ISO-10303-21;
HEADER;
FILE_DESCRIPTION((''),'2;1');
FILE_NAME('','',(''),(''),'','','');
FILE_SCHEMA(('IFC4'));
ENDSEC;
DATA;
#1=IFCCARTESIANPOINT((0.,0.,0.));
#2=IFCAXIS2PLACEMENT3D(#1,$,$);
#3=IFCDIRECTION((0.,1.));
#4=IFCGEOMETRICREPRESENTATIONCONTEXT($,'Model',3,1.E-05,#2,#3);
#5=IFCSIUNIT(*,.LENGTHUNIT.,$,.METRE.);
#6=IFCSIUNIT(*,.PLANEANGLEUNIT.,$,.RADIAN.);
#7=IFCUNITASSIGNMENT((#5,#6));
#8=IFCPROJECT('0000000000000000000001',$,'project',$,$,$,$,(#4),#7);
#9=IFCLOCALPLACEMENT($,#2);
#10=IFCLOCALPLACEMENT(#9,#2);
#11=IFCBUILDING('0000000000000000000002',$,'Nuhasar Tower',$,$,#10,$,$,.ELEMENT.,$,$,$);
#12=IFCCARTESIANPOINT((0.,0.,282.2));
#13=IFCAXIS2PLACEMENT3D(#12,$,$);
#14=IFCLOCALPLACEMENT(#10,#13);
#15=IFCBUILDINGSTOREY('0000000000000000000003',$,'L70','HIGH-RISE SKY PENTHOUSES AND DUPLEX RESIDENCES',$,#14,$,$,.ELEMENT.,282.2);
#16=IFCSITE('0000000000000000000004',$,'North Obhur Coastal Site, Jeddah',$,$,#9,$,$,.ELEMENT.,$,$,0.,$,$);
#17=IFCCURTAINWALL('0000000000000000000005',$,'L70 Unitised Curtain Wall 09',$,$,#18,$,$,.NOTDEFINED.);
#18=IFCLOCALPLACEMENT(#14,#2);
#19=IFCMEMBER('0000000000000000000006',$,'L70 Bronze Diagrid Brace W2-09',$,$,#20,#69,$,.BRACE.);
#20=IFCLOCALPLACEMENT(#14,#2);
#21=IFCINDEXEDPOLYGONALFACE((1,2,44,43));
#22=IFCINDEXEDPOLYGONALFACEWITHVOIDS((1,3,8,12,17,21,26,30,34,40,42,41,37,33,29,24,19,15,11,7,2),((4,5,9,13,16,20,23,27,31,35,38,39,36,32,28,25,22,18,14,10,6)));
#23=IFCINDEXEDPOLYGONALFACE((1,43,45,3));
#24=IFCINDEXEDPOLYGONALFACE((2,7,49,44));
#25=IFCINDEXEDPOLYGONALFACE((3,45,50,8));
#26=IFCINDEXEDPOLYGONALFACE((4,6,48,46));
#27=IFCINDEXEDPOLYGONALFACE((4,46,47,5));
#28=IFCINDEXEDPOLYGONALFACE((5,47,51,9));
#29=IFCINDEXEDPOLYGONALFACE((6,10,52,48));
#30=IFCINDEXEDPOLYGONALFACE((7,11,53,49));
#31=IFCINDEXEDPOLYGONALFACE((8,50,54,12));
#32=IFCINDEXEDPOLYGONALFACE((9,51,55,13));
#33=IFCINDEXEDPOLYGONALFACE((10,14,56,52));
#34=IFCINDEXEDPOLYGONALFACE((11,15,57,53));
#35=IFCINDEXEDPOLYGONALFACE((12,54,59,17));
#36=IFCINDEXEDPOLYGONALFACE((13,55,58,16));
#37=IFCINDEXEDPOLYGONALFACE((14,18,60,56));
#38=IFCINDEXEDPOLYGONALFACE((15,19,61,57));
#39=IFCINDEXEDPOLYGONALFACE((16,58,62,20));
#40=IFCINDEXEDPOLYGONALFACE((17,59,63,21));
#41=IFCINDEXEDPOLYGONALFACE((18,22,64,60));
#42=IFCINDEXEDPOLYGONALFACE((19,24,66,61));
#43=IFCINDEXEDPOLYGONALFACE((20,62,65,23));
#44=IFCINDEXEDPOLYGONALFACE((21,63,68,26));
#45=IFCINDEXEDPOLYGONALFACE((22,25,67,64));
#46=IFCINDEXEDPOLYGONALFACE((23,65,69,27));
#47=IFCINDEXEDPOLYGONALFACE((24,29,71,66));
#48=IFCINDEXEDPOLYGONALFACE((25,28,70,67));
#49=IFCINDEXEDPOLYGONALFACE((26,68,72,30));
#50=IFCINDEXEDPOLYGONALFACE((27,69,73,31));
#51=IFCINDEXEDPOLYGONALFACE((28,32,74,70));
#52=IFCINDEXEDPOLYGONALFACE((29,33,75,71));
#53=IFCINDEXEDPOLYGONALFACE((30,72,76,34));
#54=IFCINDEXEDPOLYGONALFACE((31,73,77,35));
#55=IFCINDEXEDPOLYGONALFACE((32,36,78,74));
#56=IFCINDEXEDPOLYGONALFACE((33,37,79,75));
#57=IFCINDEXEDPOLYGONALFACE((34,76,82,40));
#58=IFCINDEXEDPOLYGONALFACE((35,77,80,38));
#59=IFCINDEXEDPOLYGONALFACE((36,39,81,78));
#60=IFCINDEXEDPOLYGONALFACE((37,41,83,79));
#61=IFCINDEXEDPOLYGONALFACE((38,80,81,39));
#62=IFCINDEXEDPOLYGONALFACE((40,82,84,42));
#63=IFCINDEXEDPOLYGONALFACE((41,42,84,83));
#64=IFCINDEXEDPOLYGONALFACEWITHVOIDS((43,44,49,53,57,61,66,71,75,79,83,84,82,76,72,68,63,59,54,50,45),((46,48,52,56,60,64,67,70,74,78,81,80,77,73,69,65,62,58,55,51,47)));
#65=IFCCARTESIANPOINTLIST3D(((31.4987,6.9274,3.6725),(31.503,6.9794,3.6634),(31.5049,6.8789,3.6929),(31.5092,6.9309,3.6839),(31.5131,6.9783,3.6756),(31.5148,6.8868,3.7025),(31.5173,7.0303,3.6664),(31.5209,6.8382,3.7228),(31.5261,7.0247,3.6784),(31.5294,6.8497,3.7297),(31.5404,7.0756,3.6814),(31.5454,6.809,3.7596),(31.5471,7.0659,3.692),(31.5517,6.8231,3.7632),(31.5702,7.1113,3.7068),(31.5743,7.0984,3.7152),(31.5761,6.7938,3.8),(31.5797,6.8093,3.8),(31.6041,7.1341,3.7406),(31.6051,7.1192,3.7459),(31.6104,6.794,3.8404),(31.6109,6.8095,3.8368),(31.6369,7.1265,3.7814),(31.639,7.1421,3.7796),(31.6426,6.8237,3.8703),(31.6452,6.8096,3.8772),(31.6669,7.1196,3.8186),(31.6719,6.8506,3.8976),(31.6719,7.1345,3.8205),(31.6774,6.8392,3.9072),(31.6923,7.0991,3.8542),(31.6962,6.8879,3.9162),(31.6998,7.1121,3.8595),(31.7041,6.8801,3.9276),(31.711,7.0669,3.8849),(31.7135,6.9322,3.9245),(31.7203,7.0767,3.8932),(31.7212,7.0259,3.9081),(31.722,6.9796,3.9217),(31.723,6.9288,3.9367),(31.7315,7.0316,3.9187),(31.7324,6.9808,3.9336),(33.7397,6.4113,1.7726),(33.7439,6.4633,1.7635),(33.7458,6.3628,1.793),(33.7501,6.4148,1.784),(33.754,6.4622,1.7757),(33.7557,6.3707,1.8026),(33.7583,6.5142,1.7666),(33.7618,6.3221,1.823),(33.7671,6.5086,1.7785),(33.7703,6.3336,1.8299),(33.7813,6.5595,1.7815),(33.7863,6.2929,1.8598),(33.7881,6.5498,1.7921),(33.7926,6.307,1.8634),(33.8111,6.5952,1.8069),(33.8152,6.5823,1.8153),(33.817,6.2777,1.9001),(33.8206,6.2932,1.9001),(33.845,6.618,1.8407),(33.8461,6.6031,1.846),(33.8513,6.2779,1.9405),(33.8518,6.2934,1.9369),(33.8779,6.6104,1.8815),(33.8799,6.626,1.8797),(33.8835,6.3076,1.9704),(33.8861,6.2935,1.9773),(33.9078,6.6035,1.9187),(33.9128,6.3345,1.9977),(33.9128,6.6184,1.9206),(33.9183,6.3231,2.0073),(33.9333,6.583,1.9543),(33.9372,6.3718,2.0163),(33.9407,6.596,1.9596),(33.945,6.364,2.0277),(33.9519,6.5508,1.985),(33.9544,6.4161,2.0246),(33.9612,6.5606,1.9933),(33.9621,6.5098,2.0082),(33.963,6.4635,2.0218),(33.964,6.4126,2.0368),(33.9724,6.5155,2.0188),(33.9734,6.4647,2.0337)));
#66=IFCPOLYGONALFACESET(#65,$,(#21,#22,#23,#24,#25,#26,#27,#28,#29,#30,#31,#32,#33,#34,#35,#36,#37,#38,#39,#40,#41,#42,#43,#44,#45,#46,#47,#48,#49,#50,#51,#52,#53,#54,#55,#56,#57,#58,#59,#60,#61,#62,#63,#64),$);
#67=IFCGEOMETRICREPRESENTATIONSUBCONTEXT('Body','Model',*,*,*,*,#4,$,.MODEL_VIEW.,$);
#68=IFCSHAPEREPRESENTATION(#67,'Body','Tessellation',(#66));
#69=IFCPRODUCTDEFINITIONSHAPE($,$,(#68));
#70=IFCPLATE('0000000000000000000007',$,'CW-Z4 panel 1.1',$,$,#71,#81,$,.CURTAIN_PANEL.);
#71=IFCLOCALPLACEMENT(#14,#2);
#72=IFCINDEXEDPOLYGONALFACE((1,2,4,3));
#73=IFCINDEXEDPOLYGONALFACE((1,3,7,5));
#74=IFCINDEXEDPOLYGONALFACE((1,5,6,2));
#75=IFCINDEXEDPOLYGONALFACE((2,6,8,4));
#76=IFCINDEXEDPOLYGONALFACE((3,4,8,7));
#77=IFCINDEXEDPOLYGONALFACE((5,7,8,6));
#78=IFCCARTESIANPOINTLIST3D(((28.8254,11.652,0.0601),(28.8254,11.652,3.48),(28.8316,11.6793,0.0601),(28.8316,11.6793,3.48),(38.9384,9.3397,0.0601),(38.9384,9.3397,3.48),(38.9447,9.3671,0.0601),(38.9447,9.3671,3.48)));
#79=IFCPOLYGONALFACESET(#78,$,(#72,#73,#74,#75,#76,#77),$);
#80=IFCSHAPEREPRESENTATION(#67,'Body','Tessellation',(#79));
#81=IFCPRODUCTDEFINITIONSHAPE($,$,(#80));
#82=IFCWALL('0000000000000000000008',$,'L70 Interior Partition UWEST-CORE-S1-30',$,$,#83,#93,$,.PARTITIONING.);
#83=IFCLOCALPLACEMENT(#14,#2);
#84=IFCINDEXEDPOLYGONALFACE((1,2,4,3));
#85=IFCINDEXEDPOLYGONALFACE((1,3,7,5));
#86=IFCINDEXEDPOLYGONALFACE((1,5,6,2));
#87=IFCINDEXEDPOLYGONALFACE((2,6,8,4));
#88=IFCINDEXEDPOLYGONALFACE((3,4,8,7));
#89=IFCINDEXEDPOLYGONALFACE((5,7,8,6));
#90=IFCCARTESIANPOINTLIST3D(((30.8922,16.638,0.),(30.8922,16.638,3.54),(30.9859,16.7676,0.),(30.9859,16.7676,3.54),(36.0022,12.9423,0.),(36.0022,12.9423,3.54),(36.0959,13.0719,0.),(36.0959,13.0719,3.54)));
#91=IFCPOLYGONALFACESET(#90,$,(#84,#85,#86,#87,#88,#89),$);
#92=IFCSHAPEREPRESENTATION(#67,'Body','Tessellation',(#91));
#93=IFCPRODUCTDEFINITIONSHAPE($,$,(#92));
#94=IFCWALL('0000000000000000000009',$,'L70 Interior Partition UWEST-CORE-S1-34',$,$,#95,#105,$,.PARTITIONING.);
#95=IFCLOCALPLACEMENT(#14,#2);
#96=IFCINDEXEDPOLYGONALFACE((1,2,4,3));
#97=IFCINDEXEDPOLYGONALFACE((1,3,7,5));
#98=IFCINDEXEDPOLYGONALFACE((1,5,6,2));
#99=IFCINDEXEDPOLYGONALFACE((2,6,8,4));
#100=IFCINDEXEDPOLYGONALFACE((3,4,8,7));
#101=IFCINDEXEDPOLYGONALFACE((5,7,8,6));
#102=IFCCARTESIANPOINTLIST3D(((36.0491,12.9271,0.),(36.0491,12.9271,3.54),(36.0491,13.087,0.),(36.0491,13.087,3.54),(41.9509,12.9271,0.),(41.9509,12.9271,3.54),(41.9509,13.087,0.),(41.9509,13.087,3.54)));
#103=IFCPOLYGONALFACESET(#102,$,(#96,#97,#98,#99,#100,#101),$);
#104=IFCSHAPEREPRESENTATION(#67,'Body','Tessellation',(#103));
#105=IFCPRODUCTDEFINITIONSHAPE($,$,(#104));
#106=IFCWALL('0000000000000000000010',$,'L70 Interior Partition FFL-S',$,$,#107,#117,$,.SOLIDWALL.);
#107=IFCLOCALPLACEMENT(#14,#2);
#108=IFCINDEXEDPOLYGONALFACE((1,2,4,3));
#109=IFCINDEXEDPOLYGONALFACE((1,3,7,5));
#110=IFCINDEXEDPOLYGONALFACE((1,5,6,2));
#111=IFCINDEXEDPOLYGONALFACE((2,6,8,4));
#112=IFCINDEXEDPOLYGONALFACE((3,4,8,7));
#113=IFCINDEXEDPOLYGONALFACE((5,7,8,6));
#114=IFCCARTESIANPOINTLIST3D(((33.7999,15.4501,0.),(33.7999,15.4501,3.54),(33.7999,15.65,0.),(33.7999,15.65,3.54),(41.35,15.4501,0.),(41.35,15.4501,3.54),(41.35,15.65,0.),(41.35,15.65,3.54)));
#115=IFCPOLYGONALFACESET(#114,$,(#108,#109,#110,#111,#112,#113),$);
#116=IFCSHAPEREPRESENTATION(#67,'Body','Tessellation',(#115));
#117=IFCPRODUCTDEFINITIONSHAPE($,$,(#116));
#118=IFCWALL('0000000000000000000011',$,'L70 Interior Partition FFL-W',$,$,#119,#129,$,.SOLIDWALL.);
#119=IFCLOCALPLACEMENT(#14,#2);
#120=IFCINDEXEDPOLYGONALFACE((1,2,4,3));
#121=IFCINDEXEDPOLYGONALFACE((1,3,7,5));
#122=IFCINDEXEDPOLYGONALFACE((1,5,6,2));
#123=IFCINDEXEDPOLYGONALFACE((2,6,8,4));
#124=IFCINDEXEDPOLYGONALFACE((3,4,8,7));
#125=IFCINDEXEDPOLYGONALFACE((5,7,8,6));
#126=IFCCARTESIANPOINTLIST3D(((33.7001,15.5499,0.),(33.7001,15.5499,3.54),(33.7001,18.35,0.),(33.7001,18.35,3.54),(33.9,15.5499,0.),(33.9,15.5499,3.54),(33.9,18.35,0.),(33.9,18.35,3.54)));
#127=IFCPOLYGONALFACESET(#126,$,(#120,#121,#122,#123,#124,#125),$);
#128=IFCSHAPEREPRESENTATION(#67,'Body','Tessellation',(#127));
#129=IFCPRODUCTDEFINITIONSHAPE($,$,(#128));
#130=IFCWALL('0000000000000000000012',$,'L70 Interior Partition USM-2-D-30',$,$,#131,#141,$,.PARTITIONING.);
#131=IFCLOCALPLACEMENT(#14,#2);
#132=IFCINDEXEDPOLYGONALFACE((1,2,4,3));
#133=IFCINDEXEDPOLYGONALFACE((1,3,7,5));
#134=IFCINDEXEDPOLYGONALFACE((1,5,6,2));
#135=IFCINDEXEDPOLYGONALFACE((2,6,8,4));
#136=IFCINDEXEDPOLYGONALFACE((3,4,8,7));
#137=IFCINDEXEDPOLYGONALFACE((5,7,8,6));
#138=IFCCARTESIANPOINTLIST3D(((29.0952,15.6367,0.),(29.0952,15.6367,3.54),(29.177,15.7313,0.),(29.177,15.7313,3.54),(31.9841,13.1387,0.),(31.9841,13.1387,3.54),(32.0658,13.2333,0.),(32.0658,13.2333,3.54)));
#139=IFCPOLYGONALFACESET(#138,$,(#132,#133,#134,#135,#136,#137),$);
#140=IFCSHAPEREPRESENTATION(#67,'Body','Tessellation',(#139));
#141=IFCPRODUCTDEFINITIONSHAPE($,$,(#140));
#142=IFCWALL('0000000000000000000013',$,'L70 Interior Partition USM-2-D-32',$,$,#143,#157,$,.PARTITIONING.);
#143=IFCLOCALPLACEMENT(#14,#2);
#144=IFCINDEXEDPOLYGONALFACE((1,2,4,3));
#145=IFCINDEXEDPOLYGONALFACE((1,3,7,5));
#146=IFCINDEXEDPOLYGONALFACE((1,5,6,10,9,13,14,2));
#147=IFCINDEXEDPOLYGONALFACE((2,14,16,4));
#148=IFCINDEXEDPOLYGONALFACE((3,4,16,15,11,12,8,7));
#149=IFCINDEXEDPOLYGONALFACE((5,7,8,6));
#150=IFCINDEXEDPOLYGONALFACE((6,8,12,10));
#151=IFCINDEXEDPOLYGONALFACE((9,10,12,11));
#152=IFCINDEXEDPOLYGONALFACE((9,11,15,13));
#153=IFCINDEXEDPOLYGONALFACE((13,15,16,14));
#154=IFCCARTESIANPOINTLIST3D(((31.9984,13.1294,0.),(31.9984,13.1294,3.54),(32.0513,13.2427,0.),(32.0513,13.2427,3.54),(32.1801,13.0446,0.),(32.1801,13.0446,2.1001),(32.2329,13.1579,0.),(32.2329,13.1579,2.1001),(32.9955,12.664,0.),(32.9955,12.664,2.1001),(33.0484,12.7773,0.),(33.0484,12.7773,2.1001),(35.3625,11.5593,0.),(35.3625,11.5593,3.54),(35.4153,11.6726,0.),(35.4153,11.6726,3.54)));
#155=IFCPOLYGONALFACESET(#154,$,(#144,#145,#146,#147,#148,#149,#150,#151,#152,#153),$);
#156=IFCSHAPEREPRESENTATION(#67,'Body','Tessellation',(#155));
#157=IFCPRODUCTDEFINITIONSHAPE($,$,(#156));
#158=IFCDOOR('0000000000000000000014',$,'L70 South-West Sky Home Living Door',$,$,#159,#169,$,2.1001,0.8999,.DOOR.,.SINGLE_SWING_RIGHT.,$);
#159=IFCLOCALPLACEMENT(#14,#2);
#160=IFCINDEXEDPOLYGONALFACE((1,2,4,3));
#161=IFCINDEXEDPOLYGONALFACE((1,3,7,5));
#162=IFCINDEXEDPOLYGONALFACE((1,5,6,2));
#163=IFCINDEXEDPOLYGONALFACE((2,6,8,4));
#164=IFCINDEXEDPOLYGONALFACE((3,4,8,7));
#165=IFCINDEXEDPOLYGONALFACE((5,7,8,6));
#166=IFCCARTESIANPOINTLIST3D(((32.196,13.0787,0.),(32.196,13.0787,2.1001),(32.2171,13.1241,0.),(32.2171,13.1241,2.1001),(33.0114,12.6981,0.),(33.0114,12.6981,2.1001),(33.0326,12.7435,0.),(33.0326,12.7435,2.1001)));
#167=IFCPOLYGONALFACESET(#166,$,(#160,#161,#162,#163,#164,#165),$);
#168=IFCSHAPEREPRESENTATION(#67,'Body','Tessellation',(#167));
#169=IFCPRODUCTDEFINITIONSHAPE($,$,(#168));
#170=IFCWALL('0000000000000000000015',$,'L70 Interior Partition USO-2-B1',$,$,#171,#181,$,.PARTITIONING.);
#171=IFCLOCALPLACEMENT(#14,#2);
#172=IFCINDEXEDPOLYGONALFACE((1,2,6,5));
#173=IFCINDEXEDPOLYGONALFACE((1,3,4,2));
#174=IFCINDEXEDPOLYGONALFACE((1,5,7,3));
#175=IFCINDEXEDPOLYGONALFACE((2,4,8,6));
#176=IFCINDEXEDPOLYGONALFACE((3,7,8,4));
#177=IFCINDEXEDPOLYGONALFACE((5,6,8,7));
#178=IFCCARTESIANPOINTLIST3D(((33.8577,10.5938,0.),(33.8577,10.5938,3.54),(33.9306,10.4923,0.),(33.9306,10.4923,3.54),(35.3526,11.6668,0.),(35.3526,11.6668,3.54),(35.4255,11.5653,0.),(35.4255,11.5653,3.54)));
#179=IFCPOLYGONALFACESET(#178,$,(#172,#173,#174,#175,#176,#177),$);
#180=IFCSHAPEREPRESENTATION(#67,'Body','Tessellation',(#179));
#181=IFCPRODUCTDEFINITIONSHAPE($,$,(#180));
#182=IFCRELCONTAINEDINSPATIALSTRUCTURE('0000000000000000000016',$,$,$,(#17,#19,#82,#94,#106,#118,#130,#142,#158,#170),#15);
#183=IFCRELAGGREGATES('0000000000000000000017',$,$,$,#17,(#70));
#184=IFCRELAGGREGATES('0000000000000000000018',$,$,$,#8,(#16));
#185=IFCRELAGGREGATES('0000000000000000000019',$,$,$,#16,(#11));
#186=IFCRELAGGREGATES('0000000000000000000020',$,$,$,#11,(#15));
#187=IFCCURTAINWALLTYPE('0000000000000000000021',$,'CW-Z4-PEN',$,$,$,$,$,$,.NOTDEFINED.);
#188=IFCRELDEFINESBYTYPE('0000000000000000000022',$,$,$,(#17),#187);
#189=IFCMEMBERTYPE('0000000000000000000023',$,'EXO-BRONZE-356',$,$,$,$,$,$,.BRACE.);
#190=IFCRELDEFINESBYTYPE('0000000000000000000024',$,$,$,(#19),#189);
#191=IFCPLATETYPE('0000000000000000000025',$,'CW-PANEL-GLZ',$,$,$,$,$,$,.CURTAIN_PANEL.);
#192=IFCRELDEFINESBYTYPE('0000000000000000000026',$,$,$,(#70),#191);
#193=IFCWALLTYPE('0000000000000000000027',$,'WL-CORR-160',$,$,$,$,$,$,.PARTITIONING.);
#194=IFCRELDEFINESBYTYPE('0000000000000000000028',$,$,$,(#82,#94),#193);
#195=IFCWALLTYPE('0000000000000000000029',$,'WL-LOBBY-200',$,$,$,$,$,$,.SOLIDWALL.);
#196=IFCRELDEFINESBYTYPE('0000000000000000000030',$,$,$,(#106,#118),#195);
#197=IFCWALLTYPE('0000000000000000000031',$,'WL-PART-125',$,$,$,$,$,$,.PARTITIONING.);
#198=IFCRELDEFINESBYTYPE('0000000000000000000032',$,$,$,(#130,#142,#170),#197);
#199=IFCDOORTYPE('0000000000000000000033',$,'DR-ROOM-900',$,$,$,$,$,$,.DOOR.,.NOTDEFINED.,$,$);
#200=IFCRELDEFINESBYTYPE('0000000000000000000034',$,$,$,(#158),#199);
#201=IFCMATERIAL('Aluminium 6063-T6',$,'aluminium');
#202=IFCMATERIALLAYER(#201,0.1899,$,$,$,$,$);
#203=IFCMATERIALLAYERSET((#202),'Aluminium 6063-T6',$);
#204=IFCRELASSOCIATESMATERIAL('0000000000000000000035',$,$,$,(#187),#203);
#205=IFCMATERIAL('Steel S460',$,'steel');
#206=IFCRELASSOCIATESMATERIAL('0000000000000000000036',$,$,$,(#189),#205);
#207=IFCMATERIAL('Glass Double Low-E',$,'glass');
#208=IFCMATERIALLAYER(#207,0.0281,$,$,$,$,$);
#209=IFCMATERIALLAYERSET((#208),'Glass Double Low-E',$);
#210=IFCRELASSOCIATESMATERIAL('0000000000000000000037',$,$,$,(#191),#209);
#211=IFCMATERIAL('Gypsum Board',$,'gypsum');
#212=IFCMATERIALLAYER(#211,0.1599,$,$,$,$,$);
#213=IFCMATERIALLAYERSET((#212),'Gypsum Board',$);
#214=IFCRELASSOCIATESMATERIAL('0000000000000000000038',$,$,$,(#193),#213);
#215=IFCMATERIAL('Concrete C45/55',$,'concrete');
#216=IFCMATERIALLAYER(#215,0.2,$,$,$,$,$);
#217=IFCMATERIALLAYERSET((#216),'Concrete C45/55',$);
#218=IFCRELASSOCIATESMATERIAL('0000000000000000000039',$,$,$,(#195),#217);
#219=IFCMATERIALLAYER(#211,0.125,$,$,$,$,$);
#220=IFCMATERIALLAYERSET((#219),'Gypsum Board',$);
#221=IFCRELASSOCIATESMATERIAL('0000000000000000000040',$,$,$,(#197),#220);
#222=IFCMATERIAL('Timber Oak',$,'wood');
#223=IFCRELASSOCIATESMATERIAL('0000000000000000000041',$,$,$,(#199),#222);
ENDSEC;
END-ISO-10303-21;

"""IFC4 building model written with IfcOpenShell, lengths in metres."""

from ifc_helpers import new_model, si_unit, direction, frame, frame_2d, origin, origin_2d, place, context, subcontext, project, spatial, rectangle, hollow_circle, extrude, material, layer, layer_set, material_profile, profile_set, type_object, element, fill, aggregate, save


model = new_model("IFC4")

# Units and contexts
model_context = context("Model", 3, precision=1e-05, world=origin(), true_north=direction((0.0, 1.0)))
body_context = subcontext(model_context, "Body", "Model", "MODEL_VIEW")
ifc_project = project(units=[si_unit("LENGTHUNIT", "METRE"), si_unit("PLANEANGLEUNIT", "RADIAN")], contexts=[model_context])

# Site, building, storey
site_placement = place(None, origin())
site = spatial("IfcSite", under=ifc_project, at=site_placement, Name="North Obhur Coastal Site, Jeddah", CompositionType="ELEMENT", RefElevation=0.0)
building_placement = place(site_placement, origin())
building = spatial("IfcBuilding", under=site, at=building_placement, Name="Nuhasar Tower", CompositionType="ELEMENT")
storey_placement = place(building_placement, frame((0.0, 0.0, 282.2)))
storey = spatial("IfcBuildingStorey", under=building, at=storey_placement, Name="L70", Description="HIGH-RISE SKY PENTHOUSES AND DUPLEX RESIDENCES", CompositionType="ELEMENT", Elevation=282.2)

# Curtain wall
ifc_material_1 = material(Name="Aluminium 6063-T6", Category="aluminium")
ifc_layer_1 = layer(ifc_material_1, 0.1899)
ifc_layer_set_1 = layer_set([ifc_layer_1], Name="Aluminium 6063-T6")
curtain_wall_type = type_object("IfcCurtainWallType", Name="CW-Z4-PEN", PredefinedType="NOTDEFINED", material=ifc_layer_set_1)
curtain_wall_placement = place(storey_placement, origin())
curtain_wall = element("IfcCurtainWall", 1, at=curtain_wall_placement, inside=storey, type_object=curtain_wall_type, Name="L70 Unitised Curtain Wall 09", PredefinedType="NOTDEFINED")

# Member
ifc_material_2 = material(Name="Steel S460", Category="steel")
ifc_material_profile_1 = material_profile(ifc_material_2, hollow_circle(Radius=0.1777, WallThickness=0.0159, at=origin_2d()), Name="HSS355.6X15.9")
ifc_profile_set_1 = profile_set([ifc_material_profile_1], Name="Steel S460")
member_type_1 = type_object("IfcMemberType", Name="EXO-BRONZE-356", PredefinedType="BRACE", material=ifc_profile_set_1)
member_1_placement = place(storey_placement, frame((33.8569, 6.4509, 1.9001), z_axis=(-0.751261, 0.173022, 0.636923), x_axis=(-0.224433, -0.97449, 0.0)))
element("IfcMember", 2, at=member_1_placement, inside=storey, type_object=member_type_1, Name="L70 Bronze Diagrid Brace W2-09", PredefinedType="BRACE", context=body_context, shape_type="SweptSolid", body=[
    extrude(hollow_circle(Radius=0.1777, WallThickness=0.0159, at=origin_2d()), origin(), (0.0, 0.0, 1.0), 2.9829),
])

# Plate
ifc_material_3 = material(Name="Glass Double Low-E", Category="glass")
ifc_layer_2 = layer(ifc_material_3, 0.0281)
ifc_layer_set_2 = layer_set([ifc_layer_2], Name="Glass Double Low-E")
plate_type = type_object("IfcPlateType", Name="CW-PANEL-GLZ", PredefinedType="CURTAIN_PANEL", material=ifc_layer_set_2)
plate_placement = place(storey_placement, frame((33.885, 10.5095, 0.0601), z_axis=(0.0, 0.0, 1.0), x_axis=(0.974844, -0.222889, 0.0)))
plate = element("IfcPlate", 3, at=plate_placement, type_object=plate_type, Name="CW-Z4 panel 1.1", PredefinedType="CURTAIN_PANEL", context=body_context, shape_type="SweptSolid", body=[
    extrude(rectangle(XDim=10.374, YDim=0.0281, at=origin_2d()), origin(), (0.0, 0.0, 1.0), 3.4199),
])
aggregate(curtain_wall, [plate])

# Walls
ifc_material_4 = material(Name="Gypsum Board", Category="gypsum")
ifc_layer_3 = layer(ifc_material_4, 0.1599)
ifc_layer_set_3 = layer_set([ifc_layer_3], Name="Gypsum Board")
wall_type_1 = type_object("IfcWallType", Name="WL-CORR-160", PredefinedType="PARTITIONING", material=ifc_layer_set_3)
wall_1_placement = place(storey_placement, frame((30.939, 16.7029, 0.0), z_axis=(0.0, 0.0, 1.0), x_axis=(0.81029, -0.586029, 0.0)))
element("IfcWall", 4, at=wall_1_placement, inside=storey, type_object=wall_type_1, Name="L70 Interior Partition UWEST-CORE-S1-30", PredefinedType="PARTITIONING", context=body_context, shape_type="SweptSolid", body=[
    extrude(rectangle(XDim=6.3064, YDim=0.1599, at=frame_2d((3.1533, 0.0))), origin(), (0.0, 0.0, 1.0), 3.54),
])
wall_2_placement = place(storey_placement, frame((36.0491, 13.0071, 0.0), z_axis=(0.0, 0.0, 1.0), x_axis=(1.0, 0.0, 0.0)))
element("IfcWall", 5, at=wall_2_placement, inside=storey, type_object=wall_type_1, Name="L70 Interior Partition UWEST-CORE-S1-34", PredefinedType="PARTITIONING", context=body_context, shape_type="SweptSolid", body=[
    extrude(rectangle(XDim=5.9019, YDim=0.1599, at=frame_2d((2.9509, 0.0))), origin(), (0.0, 0.0, 1.0), 3.54),
])
ifc_material_5 = material(Name="Concrete C45/55", Category="concrete")
ifc_layer_4 = layer(ifc_material_5, 0.2)
ifc_layer_set_4 = layer_set([ifc_layer_4], Name="Concrete C45/55")
wall_type_2 = type_object("IfcWallType", Name="WL-LOBBY-200", PredefinedType="SOLIDWALL", material=ifc_layer_set_4)
wall_3_placement = place(storey_placement, frame((33.8, 15.55, 0.0), z_axis=(0.0, 0.0, 1.0), x_axis=(1.0, 0.0, 0.0)))
element("IfcWall", 6, at=wall_3_placement, inside=storey, type_object=wall_type_2, Name="L70 Interior Partition FFL-S", PredefinedType="SOLIDWALL", context=body_context, shape_type="SweptSolid", body=[
    extrude(rectangle(XDim=7.55, YDim=0.2, at=frame_2d((3.7749, 0.0))), origin(), (0.0, 0.0, 1.0), 3.54),
])
wall_4_placement = place(storey_placement, frame((33.8, 15.55, 0.0), z_axis=(0.0, 0.0, 1.0), x_axis=(0.0, 1.0, 0.0)))
element("IfcWall", 7, at=wall_4_placement, inside=storey, type_object=wall_type_2, Name="L70 Interior Partition FFL-W", PredefinedType="SOLIDWALL", context=body_context, shape_type="SweptSolid", body=[
    extrude(rectangle(XDim=2.8, YDim=0.2, at=frame_2d((1.3999, 0.0))), origin(), (0.0, 0.0, 1.0), 3.54),
])
ifc_layer_5 = layer(ifc_material_4, 0.125)
ifc_layer_set_5 = layer_set([ifc_layer_5], Name="Gypsum Board")
wall_type_3 = type_object("IfcWallType", Name="WL-PART-125", PredefinedType="PARTITIONING", material=ifc_layer_set_5)
wall_5_placement = place(storey_placement, frame((29.136, 15.6841, 0.0), z_axis=(0.0, 0.0, 1.0), x_axis=(0.756425, -0.654081, 0.0)))
element("IfcWall", 8, at=wall_5_placement, inside=storey, type_object=wall_type_3, Name="L70 Interior Partition USM-2-D-30", PredefinedType="PARTITIONING", context=body_context, shape_type="SweptSolid", body=[
    extrude(rectangle(XDim=3.8191, YDim=0.125, at=frame_2d((1.9097, 0.0))), origin(), (0.0, 0.0, 1.0), 3.54),
])

# Wall, opening, door
wall_6_placement = place(storey_placement, frame((35.3889, 11.616, 0.0), z_axis=(0.0, 0.0, 1.0), x_axis=(-0.906163, 0.422929, 0.0)))
wall_6 = element("IfcWall", 9, at=wall_6_placement, inside=storey, type_object=wall_type_3, Name="L70 Interior Partition USM-2-D-32", PredefinedType="PARTITIONING", context=body_context, shape_type="SweptSolid", body=[
    extrude(rectangle(XDim=3.7124, YDim=0.125, at=frame_2d((1.8562, 0.0))), origin(), (0.0, 0.0, 1.0), 3.54),
])
opening_placement = place(wall_6_placement, frame((2.6121, 0.0, 0.0)))
opening = element("IfcOpeningElement", 10, at=opening_placement, cuts=wall_6, PredefinedType="OPENING", context=body_context, shape_type="SweptSolid", body=[
    extrude(rectangle(XDim=0.8999, YDim=2.1001, at=frame_2d((0.45, 1.05))), frame((0.0, 0.0725, 0.0), z_axis=(0.0, -1.0, 0.0), x_axis=(1.0, 0.0, 0.0)), (0.0, 0.0, 1.0), 0.145),
])
ifc_material_6 = material(Name="Timber Oak", Category="wood")
door_type = type_object("IfcDoorType", Name="DR-ROOM-900", OperationType="NOTDEFINED", PredefinedType="DOOR", material=ifc_material_6)
door_placement = place(opening_placement, origin())
door = element("IfcDoor", 11, at=door_placement, inside=storey, type_object=door_type, Name="L70 South-West Sky Home Living Door", OperationType="SINGLE_SWING_RIGHT", OverallHeight=2.1001, OverallWidth=0.8999, PredefinedType="DOOR", context=body_context, shape_type="SweptSolid", body=[
    extrude(rectangle(XDim=0.8999, YDim=2.1001, at=frame_2d((0.45, 1.05))), frame((0.0, 0.0249, 0.0), z_axis=(0.0, -1.0, 0.0), x_axis=(1.0, 0.0, 0.0)), (0.0, 0.0, 1.0), 0.05),
])
fill(opening, door)

# Wall
wall_7_placement = place(storey_placement, frame((35.3889, 11.616, 0.0), z_axis=(0.0, 0.0, 1.0), x_axis=(-0.812387, -0.583119, 0.0)))
element("IfcWall", 12, at=wall_7_placement, inside=storey, type_object=wall_type_3, Name="L70 Interior Partition USO-2-B1", PredefinedType="PARTITIONING", context=body_context, shape_type="SweptSolid", body=[
    extrude(rectangle(XDim=1.8401, YDim=0.125, at=frame_2d((0.9199, 0.0))), origin(), (0.0, 0.0, 1.0), 3.54),
])

save(model, "model.ifc")
